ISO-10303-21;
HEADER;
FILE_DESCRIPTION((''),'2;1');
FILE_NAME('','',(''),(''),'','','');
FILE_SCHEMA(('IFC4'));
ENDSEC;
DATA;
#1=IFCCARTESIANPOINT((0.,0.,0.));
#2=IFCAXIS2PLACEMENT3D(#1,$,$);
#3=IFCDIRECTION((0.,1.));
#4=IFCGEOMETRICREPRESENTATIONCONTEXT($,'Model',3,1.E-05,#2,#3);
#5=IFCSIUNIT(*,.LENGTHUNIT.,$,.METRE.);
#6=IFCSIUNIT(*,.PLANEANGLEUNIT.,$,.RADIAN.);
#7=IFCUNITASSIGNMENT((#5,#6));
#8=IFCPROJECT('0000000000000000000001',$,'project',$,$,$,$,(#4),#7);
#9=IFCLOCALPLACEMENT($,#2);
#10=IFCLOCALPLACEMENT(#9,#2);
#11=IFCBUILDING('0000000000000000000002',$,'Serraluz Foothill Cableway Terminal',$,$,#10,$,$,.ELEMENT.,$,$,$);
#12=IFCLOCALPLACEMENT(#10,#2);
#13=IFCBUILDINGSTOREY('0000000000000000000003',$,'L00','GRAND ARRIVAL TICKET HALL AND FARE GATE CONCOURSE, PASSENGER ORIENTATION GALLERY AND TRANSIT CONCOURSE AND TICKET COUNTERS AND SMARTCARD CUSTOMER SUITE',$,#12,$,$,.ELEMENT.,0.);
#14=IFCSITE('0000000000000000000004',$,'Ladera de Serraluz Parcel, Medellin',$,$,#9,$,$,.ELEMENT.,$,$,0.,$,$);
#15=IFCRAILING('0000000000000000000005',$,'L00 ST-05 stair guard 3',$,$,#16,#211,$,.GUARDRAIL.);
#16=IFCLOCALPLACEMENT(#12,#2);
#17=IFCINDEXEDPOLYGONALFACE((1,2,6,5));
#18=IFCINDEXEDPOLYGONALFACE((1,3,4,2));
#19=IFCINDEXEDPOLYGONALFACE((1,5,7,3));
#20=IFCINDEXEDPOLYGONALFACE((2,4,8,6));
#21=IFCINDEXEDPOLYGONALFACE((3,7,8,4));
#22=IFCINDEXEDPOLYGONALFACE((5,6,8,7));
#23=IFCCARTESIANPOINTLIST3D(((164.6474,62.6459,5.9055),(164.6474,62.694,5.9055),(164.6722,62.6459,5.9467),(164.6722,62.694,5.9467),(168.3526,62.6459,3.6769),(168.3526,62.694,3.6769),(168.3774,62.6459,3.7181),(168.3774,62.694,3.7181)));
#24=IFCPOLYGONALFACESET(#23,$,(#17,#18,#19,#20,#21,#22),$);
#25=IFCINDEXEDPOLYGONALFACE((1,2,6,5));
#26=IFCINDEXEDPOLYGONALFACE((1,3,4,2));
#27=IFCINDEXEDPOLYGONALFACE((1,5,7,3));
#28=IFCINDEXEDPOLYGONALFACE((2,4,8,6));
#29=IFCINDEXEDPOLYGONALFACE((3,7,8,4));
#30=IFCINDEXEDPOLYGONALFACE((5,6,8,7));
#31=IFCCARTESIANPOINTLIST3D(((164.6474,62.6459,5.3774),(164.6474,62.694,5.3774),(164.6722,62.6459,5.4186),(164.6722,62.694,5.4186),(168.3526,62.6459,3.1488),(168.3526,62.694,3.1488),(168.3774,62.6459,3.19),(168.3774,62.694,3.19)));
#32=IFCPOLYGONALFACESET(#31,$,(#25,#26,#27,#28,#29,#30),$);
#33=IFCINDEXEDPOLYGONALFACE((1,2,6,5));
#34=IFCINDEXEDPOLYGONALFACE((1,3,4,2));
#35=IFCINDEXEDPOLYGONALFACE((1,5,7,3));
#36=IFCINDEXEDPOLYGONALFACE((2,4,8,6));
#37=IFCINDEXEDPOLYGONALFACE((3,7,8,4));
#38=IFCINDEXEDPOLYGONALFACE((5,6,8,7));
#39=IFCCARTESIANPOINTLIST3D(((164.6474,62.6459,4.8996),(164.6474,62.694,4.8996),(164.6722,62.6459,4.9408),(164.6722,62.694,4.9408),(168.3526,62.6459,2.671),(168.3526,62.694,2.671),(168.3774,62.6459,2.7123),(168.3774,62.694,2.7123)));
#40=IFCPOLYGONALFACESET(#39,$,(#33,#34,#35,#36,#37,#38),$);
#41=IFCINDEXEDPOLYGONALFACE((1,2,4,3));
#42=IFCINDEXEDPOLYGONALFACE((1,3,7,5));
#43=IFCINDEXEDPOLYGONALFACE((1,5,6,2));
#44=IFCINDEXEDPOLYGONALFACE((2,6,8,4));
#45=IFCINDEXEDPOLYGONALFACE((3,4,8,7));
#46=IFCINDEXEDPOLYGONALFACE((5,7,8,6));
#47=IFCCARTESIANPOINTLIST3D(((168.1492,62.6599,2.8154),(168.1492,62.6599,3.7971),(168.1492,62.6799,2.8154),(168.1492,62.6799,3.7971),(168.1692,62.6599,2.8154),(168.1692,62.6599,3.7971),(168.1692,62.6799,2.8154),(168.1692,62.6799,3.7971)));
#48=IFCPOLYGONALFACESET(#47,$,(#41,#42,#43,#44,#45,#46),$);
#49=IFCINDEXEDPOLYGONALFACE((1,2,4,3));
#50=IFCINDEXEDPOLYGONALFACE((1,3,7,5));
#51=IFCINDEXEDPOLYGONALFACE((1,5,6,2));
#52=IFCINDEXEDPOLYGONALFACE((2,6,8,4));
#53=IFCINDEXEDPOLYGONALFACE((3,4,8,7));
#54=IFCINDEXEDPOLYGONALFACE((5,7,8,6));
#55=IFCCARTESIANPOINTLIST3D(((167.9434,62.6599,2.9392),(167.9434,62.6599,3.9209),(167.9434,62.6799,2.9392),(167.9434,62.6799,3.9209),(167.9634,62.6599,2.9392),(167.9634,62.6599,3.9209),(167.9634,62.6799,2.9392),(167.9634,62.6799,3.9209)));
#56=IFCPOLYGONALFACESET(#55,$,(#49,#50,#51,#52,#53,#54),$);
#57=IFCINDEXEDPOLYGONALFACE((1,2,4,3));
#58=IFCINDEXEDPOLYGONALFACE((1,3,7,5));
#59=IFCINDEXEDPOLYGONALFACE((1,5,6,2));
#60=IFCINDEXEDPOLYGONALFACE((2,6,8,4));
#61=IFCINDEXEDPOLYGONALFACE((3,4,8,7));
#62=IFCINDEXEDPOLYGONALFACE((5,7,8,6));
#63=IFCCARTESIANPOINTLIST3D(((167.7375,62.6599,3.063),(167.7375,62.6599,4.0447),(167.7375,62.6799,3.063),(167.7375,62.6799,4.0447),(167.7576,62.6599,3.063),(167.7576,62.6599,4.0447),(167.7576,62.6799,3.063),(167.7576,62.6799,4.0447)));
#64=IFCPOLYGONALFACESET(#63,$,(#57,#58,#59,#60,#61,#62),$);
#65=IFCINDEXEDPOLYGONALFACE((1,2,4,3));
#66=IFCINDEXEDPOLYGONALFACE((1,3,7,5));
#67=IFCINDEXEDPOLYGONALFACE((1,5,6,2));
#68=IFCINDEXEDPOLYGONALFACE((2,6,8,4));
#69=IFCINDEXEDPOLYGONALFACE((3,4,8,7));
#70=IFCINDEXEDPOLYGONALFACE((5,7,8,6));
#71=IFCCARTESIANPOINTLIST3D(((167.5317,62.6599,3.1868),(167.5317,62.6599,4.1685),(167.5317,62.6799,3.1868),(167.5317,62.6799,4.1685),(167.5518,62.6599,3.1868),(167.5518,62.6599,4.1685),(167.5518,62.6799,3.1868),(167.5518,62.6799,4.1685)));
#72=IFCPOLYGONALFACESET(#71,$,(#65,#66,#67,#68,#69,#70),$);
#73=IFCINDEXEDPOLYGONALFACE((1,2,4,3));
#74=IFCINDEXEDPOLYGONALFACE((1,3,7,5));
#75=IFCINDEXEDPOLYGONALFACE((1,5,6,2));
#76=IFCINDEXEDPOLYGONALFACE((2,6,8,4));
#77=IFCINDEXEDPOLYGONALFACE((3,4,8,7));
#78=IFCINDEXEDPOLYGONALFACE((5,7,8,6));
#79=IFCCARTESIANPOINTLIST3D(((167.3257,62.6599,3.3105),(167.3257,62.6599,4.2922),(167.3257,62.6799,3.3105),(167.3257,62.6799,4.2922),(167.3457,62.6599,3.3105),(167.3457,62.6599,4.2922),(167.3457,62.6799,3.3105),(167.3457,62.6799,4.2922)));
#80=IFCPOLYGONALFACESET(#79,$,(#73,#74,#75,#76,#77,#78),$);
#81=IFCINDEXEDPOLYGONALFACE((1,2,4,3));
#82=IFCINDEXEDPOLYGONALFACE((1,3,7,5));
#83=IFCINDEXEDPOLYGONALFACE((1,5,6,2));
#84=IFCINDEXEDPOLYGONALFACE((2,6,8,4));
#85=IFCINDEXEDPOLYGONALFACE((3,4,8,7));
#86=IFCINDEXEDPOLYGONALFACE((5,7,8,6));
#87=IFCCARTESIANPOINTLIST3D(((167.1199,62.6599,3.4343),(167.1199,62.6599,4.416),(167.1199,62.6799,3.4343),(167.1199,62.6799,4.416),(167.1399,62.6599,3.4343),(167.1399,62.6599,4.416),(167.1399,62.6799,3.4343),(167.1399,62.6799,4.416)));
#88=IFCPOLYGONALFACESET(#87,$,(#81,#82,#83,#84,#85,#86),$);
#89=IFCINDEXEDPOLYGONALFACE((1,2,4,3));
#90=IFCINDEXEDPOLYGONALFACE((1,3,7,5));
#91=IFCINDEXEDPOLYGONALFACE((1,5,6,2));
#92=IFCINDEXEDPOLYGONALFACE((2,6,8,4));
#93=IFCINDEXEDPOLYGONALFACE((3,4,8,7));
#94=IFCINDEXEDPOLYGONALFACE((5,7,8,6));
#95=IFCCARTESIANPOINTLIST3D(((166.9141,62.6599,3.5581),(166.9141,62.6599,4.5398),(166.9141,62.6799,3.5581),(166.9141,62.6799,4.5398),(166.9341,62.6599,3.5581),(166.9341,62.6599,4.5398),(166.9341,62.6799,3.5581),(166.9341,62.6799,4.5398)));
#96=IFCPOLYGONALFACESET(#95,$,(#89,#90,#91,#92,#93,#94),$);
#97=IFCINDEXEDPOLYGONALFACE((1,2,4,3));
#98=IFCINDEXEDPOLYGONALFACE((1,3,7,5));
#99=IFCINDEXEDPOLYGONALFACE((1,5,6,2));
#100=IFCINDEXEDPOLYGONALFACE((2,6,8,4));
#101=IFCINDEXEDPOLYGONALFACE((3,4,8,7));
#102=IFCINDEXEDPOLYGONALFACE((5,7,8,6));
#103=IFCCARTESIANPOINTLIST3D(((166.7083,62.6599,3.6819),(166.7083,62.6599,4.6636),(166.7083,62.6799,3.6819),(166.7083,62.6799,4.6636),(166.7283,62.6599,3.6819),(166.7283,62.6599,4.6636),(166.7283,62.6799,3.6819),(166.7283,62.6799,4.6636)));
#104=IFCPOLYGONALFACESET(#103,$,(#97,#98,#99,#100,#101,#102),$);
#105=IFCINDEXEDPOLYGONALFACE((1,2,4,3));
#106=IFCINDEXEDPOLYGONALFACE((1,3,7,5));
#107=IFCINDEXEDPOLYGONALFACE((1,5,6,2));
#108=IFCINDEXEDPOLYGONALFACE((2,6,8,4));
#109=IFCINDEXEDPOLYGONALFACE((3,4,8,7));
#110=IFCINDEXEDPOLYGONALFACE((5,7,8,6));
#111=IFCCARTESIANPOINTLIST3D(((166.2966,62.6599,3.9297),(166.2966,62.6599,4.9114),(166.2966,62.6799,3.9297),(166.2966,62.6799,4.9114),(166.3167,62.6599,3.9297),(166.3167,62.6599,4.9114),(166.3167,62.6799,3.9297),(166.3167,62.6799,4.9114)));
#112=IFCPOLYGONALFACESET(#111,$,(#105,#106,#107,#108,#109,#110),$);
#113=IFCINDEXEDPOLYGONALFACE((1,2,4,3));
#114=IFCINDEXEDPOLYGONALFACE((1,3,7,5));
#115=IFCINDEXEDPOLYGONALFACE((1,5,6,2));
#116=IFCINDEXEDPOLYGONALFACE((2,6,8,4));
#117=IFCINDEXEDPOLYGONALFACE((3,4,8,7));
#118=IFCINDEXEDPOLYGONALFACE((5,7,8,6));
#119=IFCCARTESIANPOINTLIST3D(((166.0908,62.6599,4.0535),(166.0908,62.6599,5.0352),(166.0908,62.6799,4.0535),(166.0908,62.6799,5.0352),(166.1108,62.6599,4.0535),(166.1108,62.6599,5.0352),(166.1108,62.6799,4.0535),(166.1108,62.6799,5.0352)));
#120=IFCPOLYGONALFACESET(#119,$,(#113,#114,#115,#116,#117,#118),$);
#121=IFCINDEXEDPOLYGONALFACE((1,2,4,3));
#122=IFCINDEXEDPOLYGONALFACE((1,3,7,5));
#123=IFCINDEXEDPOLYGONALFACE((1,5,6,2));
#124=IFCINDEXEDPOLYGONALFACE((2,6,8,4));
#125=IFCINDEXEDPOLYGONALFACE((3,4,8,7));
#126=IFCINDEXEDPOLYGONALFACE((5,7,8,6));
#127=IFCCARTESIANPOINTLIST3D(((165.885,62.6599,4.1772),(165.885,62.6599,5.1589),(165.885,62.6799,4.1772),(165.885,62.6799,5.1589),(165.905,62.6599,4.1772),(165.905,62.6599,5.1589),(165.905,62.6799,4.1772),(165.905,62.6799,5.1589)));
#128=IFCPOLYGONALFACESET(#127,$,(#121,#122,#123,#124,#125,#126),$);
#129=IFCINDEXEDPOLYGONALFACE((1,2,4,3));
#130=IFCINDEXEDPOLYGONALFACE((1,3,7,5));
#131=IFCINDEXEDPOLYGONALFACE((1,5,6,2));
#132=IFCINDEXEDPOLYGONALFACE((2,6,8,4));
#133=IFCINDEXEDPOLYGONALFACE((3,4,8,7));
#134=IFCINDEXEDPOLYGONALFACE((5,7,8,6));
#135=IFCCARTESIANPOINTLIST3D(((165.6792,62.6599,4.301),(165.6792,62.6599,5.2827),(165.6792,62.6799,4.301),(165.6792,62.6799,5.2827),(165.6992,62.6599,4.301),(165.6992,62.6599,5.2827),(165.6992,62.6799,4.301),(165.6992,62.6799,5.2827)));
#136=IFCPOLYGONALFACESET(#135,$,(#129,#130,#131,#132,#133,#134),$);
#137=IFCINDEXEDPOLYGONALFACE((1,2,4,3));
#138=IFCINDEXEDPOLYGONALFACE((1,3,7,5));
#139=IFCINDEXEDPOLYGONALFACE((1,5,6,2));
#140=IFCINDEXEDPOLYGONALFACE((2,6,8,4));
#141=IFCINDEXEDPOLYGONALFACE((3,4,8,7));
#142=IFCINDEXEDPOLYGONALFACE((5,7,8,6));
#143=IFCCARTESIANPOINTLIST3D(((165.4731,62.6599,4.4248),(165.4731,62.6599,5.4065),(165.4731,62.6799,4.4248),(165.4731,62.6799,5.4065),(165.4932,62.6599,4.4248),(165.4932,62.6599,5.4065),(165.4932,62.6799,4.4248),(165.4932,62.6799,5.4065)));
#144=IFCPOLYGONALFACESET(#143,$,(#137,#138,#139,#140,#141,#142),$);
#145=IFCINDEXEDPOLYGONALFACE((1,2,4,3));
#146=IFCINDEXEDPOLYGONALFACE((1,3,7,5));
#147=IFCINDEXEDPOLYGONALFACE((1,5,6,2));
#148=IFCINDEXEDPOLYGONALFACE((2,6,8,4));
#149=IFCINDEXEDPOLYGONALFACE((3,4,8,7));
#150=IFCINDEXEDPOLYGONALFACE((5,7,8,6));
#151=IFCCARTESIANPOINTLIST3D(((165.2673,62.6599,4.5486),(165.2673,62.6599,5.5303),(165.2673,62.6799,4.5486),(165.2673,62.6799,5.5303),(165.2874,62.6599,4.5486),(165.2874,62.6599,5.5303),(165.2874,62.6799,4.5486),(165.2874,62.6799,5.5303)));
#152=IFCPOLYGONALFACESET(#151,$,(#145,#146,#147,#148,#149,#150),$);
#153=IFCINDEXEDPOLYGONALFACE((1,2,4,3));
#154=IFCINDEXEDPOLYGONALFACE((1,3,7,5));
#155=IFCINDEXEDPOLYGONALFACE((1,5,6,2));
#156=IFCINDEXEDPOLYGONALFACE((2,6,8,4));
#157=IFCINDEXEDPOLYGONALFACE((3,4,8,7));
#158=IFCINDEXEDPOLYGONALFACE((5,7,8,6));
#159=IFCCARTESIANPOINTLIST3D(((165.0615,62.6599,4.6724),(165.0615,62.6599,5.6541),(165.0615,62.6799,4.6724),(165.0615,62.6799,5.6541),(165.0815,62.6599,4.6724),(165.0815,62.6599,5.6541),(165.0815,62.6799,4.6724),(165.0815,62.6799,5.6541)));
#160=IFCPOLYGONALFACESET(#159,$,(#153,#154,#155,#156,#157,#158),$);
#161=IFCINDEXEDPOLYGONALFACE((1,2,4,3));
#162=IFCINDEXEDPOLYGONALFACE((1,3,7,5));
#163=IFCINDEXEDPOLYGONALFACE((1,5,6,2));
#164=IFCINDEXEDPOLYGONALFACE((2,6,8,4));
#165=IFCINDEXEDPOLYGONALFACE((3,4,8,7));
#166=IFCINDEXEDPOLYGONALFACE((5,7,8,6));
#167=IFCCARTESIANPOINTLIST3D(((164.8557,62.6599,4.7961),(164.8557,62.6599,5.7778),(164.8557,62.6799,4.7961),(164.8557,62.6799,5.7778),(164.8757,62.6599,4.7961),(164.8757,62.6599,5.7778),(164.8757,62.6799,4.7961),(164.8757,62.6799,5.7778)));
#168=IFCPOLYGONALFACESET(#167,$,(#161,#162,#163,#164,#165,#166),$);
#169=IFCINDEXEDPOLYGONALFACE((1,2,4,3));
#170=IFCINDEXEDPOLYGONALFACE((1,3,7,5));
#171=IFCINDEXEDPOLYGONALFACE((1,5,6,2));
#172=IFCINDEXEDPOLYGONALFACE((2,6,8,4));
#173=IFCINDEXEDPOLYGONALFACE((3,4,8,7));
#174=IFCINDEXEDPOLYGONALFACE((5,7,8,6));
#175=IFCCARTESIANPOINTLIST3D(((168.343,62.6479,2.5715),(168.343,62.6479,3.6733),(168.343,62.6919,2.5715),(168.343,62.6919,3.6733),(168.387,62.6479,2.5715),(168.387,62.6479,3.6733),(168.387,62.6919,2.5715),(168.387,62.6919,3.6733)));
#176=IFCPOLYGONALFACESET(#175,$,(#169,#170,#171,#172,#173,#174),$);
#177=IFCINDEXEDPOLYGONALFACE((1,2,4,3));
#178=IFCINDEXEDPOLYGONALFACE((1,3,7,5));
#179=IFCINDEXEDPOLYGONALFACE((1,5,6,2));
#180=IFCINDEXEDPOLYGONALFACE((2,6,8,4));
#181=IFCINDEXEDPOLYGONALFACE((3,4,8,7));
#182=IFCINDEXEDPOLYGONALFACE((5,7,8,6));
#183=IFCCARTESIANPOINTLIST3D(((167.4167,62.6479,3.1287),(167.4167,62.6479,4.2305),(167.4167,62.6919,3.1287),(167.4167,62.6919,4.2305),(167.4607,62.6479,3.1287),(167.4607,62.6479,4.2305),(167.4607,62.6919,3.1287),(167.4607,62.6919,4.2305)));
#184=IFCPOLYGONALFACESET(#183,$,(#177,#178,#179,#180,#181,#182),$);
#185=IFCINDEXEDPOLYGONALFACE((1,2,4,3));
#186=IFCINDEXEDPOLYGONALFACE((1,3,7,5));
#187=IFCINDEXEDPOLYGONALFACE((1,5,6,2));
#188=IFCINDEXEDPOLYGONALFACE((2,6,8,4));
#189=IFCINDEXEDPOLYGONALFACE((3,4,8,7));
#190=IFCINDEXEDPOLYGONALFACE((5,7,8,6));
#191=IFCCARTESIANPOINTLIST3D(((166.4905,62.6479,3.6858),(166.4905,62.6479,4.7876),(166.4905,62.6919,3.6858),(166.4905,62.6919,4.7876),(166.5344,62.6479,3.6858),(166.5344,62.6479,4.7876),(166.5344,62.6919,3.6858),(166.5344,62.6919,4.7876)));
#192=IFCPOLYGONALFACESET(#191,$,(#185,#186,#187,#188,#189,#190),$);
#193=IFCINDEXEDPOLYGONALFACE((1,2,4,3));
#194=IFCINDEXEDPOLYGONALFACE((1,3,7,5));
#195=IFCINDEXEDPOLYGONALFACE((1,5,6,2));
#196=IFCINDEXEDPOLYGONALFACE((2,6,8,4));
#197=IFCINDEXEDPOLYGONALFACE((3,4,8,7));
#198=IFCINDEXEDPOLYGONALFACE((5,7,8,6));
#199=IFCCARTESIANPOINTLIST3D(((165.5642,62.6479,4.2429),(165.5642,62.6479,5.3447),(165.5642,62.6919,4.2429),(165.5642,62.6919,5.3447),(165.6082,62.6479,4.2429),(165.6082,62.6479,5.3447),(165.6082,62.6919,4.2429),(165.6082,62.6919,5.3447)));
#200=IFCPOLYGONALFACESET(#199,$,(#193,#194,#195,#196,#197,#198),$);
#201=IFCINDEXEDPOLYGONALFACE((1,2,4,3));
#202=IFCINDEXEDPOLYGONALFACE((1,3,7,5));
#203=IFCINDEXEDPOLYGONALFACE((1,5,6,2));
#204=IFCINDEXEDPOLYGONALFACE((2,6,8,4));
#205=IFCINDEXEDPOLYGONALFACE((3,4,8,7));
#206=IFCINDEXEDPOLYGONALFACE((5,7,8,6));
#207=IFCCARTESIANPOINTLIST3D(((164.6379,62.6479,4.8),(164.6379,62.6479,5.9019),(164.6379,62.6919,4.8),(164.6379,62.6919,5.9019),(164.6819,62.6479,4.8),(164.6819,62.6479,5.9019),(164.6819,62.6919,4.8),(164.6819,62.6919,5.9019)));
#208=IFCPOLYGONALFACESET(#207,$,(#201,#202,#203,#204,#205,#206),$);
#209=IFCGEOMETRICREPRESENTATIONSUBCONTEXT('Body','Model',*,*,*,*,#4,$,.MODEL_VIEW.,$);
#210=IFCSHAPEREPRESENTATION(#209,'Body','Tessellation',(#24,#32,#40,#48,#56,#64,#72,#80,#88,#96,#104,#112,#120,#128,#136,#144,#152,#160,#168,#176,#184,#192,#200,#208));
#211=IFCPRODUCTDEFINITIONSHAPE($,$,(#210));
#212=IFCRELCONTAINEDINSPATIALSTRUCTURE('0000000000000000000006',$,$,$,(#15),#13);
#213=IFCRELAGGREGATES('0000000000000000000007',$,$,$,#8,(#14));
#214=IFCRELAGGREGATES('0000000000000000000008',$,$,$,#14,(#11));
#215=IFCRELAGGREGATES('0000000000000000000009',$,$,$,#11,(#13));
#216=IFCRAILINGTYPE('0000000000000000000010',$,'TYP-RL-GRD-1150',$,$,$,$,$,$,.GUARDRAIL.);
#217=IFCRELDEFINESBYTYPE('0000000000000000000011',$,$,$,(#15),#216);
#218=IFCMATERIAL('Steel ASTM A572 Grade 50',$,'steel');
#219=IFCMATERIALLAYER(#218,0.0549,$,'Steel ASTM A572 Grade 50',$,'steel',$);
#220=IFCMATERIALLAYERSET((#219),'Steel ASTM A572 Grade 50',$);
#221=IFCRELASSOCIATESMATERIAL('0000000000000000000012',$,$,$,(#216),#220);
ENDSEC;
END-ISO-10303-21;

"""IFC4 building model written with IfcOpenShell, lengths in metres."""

from ifc_helpers import new_model, si_unit, direction, frame, origin, origin_2d, place, context, subcontext, project, spatial, rectangle, extrude, material, layer, layer_set, type_object, element, save


model = new_model("IFC4")

# Units and contexts
model_context = context("Model", 3, precision=1e-05, world=origin(), true_north=direction((0.0, 1.0)))
body_context = subcontext(model_context, "Body", "Model", "MODEL_VIEW")
ifc_project = project(units=[si_unit("LENGTHUNIT", "METRE"), si_unit("PLANEANGLEUNIT", "RADIAN")], contexts=[model_context])

# Site, building, storey
site_placement = place(None, origin())
site = spatial("IfcSite", under=ifc_project, at=site_placement, Name="Ladera de Serraluz Parcel, Medellin", CompositionType="ELEMENT", RefElevation=0.0)
building_placement = place(site_placement, origin())
building = spatial("IfcBuilding", under=site, at=building_placement, Name="Serraluz Foothill Cableway Terminal", CompositionType="ELEMENT")
storey_placement = place(building_placement, origin())
storey = spatial("IfcBuildingStorey", under=building, at=storey_placement, Name="L00", Description="GRAND ARRIVAL TICKET HALL AND FARE GATE CONCOURSE, PASSENGER ORIENTATION GALLERY AND TRANSIT CONCOURSE AND TICKET COUNTERS AND SMARTCARD CUSTOMER SUITE", CompositionType="ELEMENT", Elevation=0.0)

# Railing
ifc_material_1 = material(Name="Steel ASTM A572 Grade 50", Category="steel")
ifc_layer_1 = layer(ifc_material_1, 0.0549, Name="Steel ASTM A572 Grade 50", Category="steel")
ifc_layer_set_1 = layer_set([ifc_layer_1], Name="Steel ASTM A572 Grade 50")
railing_type_1 = type_object("IfcRailingType", Name="TYP-RL-GRD-1150", PredefinedType="GUARDRAIL", material=ifc_layer_set_1)
railing_1_placement = place(storey_placement, frame((168.365, 62.6699, 2.5715)))
element("IfcRailing", 1, at=railing_1_placement, inside=storey, type_object=railing_type_1, Name="L00 ST-05 stair guard 3", PredefinedType="GUARDRAIL", context=body_context, shape_type="SweptSolid", body=[
    extrude(rectangle(XDim=0.0481, YDim=0.0481, at=origin_2d()), frame((0.0, 0.0, 1.126), z_axis=(-0.856934, 0.0, 0.515425), x_axis=(0.0, -1.0, 0.0)), (0.0, 0.0, 1.0), 4.3237),
    extrude(rectangle(XDim=0.0481, YDim=0.0481, at=origin_2d()), frame((0.0, 0.0, 0.5979), z_axis=(-0.856934, 0.0, 0.515425), x_axis=(0.0, -1.0, 0.0)), (0.0, 0.0, 1.0), 4.3237),
    extrude(rectangle(XDim=0.0481, YDim=0.0481, at=origin_2d()), frame((0.0, 0.0, 0.1201), z_axis=(-0.856934, 0.0, 0.515425), x_axis=(0.0, -1.0, 0.0)), (0.0, 0.0, 1.0), 4.3237),
    extrude(rectangle(XDim=0.02, YDim=0.02, at=origin_2d()), frame((-0.2058, 0.0, 0.2439)), (0.0, 0.0, 1.0), 0.9817),
    extrude(rectangle(XDim=0.02, YDim=0.02, at=origin_2d()), frame((-0.4116, 0.0, 0.3677)), (0.0, 0.0, 1.0), 0.9817),
    extrude(rectangle(XDim=0.02, YDim=0.02, at=origin_2d()), frame((-0.6174, 0.0, 0.4915)), (0.0, 0.0, 1.0), 0.9817),
    extrude(rectangle(XDim=0.02, YDim=0.02, at=origin_2d()), frame((-0.8232, 0.0, 0.6152)), (0.0, 0.0, 1.0), 0.9817),
    extrude(rectangle(XDim=0.02, YDim=0.02, at=origin_2d()), frame((-1.0293, 0.0, 0.739)), (0.0, 0.0, 1.0), 0.9817),
    extrude(rectangle(XDim=0.02, YDim=0.02, at=origin_2d()), frame((-1.2351, 0.0, 0.8628)), (0.0, 0.0, 1.0), 0.9817),
    extrude(rectangle(XDim=0.02, YDim=0.02, at=origin_2d()), frame((-1.4409, 0.0, 0.9866)), (0.0, 0.0, 1.0), 0.9817),
    extrude(rectangle(XDim=0.02, YDim=0.02, at=origin_2d()), frame((-1.6467, 0.0, 1.1104)), (0.0, 0.0, 1.0), 0.9817),
    extrude(rectangle(XDim=0.02, YDim=0.02, at=origin_2d()), frame((-2.0583, 0.0, 1.3582)), (0.0, 0.0, 1.0), 0.9817),
    extrude(rectangle(XDim=0.02, YDim=0.02, at=origin_2d()), frame((-2.2642, 0.0, 1.4819)), (0.0, 0.0, 1.0), 0.9817),
    extrude(rectangle(XDim=0.02, YDim=0.02, at=origin_2d()), frame((-2.47, 0.0, 1.6057)), (0.0, 0.0, 1.0), 0.9817),
    extrude(rectangle(XDim=0.02, YDim=0.02, at=origin_2d()), frame((-2.6758, 0.0, 1.7295)), (0.0, 0.0, 1.0), 0.9817),
    extrude(rectangle(XDim=0.02, YDim=0.02, at=origin_2d()), frame((-2.8818, 0.0, 1.8533)), (0.0, 0.0, 1.0), 0.9817),
    extrude(rectangle(XDim=0.02, YDim=0.02, at=origin_2d()), frame((-3.0876, 0.0, 1.9771)), (0.0, 0.0, 1.0), 0.9817),
    extrude(rectangle(XDim=0.02, YDim=0.02, at=origin_2d()), frame((-3.2935, 0.0, 2.1008)), (0.0, 0.0, 1.0), 0.9817),
    extrude(rectangle(XDim=0.02, YDim=0.02, at=origin_2d()), frame((-3.4993, 0.0, 2.2246)), (0.0, 0.0, 1.0), 0.9817),
    extrude(rectangle(XDim=0.0439, YDim=0.0439, at=origin_2d()), origin(), (0.0, 0.0, 1.0), 1.1018),
    extrude(rectangle(XDim=0.0439, YDim=0.0439, at=origin_2d()), frame((-0.9263, 0.0, 0.5571)), (0.0, 0.0, 1.0), 1.1018),
    extrude(rectangle(XDim=0.0439, YDim=0.0439, at=origin_2d()), frame((-1.8525, 0.0, 1.1143)), (0.0, 0.0, 1.0), 1.1018),
    extrude(rectangle(XDim=0.0439, YDim=0.0439, at=origin_2d()), frame((-2.7788, 0.0, 1.6714)), (0.0, 0.0, 1.0), 1.1018),
    extrude(rectangle(XDim=0.0439, YDim=0.0439, at=origin_2d()), frame((-3.7051, 0.0, 2.2285)), (0.0, 0.0, 1.0), 1.1018),
])

save(model, "model.ifc")
